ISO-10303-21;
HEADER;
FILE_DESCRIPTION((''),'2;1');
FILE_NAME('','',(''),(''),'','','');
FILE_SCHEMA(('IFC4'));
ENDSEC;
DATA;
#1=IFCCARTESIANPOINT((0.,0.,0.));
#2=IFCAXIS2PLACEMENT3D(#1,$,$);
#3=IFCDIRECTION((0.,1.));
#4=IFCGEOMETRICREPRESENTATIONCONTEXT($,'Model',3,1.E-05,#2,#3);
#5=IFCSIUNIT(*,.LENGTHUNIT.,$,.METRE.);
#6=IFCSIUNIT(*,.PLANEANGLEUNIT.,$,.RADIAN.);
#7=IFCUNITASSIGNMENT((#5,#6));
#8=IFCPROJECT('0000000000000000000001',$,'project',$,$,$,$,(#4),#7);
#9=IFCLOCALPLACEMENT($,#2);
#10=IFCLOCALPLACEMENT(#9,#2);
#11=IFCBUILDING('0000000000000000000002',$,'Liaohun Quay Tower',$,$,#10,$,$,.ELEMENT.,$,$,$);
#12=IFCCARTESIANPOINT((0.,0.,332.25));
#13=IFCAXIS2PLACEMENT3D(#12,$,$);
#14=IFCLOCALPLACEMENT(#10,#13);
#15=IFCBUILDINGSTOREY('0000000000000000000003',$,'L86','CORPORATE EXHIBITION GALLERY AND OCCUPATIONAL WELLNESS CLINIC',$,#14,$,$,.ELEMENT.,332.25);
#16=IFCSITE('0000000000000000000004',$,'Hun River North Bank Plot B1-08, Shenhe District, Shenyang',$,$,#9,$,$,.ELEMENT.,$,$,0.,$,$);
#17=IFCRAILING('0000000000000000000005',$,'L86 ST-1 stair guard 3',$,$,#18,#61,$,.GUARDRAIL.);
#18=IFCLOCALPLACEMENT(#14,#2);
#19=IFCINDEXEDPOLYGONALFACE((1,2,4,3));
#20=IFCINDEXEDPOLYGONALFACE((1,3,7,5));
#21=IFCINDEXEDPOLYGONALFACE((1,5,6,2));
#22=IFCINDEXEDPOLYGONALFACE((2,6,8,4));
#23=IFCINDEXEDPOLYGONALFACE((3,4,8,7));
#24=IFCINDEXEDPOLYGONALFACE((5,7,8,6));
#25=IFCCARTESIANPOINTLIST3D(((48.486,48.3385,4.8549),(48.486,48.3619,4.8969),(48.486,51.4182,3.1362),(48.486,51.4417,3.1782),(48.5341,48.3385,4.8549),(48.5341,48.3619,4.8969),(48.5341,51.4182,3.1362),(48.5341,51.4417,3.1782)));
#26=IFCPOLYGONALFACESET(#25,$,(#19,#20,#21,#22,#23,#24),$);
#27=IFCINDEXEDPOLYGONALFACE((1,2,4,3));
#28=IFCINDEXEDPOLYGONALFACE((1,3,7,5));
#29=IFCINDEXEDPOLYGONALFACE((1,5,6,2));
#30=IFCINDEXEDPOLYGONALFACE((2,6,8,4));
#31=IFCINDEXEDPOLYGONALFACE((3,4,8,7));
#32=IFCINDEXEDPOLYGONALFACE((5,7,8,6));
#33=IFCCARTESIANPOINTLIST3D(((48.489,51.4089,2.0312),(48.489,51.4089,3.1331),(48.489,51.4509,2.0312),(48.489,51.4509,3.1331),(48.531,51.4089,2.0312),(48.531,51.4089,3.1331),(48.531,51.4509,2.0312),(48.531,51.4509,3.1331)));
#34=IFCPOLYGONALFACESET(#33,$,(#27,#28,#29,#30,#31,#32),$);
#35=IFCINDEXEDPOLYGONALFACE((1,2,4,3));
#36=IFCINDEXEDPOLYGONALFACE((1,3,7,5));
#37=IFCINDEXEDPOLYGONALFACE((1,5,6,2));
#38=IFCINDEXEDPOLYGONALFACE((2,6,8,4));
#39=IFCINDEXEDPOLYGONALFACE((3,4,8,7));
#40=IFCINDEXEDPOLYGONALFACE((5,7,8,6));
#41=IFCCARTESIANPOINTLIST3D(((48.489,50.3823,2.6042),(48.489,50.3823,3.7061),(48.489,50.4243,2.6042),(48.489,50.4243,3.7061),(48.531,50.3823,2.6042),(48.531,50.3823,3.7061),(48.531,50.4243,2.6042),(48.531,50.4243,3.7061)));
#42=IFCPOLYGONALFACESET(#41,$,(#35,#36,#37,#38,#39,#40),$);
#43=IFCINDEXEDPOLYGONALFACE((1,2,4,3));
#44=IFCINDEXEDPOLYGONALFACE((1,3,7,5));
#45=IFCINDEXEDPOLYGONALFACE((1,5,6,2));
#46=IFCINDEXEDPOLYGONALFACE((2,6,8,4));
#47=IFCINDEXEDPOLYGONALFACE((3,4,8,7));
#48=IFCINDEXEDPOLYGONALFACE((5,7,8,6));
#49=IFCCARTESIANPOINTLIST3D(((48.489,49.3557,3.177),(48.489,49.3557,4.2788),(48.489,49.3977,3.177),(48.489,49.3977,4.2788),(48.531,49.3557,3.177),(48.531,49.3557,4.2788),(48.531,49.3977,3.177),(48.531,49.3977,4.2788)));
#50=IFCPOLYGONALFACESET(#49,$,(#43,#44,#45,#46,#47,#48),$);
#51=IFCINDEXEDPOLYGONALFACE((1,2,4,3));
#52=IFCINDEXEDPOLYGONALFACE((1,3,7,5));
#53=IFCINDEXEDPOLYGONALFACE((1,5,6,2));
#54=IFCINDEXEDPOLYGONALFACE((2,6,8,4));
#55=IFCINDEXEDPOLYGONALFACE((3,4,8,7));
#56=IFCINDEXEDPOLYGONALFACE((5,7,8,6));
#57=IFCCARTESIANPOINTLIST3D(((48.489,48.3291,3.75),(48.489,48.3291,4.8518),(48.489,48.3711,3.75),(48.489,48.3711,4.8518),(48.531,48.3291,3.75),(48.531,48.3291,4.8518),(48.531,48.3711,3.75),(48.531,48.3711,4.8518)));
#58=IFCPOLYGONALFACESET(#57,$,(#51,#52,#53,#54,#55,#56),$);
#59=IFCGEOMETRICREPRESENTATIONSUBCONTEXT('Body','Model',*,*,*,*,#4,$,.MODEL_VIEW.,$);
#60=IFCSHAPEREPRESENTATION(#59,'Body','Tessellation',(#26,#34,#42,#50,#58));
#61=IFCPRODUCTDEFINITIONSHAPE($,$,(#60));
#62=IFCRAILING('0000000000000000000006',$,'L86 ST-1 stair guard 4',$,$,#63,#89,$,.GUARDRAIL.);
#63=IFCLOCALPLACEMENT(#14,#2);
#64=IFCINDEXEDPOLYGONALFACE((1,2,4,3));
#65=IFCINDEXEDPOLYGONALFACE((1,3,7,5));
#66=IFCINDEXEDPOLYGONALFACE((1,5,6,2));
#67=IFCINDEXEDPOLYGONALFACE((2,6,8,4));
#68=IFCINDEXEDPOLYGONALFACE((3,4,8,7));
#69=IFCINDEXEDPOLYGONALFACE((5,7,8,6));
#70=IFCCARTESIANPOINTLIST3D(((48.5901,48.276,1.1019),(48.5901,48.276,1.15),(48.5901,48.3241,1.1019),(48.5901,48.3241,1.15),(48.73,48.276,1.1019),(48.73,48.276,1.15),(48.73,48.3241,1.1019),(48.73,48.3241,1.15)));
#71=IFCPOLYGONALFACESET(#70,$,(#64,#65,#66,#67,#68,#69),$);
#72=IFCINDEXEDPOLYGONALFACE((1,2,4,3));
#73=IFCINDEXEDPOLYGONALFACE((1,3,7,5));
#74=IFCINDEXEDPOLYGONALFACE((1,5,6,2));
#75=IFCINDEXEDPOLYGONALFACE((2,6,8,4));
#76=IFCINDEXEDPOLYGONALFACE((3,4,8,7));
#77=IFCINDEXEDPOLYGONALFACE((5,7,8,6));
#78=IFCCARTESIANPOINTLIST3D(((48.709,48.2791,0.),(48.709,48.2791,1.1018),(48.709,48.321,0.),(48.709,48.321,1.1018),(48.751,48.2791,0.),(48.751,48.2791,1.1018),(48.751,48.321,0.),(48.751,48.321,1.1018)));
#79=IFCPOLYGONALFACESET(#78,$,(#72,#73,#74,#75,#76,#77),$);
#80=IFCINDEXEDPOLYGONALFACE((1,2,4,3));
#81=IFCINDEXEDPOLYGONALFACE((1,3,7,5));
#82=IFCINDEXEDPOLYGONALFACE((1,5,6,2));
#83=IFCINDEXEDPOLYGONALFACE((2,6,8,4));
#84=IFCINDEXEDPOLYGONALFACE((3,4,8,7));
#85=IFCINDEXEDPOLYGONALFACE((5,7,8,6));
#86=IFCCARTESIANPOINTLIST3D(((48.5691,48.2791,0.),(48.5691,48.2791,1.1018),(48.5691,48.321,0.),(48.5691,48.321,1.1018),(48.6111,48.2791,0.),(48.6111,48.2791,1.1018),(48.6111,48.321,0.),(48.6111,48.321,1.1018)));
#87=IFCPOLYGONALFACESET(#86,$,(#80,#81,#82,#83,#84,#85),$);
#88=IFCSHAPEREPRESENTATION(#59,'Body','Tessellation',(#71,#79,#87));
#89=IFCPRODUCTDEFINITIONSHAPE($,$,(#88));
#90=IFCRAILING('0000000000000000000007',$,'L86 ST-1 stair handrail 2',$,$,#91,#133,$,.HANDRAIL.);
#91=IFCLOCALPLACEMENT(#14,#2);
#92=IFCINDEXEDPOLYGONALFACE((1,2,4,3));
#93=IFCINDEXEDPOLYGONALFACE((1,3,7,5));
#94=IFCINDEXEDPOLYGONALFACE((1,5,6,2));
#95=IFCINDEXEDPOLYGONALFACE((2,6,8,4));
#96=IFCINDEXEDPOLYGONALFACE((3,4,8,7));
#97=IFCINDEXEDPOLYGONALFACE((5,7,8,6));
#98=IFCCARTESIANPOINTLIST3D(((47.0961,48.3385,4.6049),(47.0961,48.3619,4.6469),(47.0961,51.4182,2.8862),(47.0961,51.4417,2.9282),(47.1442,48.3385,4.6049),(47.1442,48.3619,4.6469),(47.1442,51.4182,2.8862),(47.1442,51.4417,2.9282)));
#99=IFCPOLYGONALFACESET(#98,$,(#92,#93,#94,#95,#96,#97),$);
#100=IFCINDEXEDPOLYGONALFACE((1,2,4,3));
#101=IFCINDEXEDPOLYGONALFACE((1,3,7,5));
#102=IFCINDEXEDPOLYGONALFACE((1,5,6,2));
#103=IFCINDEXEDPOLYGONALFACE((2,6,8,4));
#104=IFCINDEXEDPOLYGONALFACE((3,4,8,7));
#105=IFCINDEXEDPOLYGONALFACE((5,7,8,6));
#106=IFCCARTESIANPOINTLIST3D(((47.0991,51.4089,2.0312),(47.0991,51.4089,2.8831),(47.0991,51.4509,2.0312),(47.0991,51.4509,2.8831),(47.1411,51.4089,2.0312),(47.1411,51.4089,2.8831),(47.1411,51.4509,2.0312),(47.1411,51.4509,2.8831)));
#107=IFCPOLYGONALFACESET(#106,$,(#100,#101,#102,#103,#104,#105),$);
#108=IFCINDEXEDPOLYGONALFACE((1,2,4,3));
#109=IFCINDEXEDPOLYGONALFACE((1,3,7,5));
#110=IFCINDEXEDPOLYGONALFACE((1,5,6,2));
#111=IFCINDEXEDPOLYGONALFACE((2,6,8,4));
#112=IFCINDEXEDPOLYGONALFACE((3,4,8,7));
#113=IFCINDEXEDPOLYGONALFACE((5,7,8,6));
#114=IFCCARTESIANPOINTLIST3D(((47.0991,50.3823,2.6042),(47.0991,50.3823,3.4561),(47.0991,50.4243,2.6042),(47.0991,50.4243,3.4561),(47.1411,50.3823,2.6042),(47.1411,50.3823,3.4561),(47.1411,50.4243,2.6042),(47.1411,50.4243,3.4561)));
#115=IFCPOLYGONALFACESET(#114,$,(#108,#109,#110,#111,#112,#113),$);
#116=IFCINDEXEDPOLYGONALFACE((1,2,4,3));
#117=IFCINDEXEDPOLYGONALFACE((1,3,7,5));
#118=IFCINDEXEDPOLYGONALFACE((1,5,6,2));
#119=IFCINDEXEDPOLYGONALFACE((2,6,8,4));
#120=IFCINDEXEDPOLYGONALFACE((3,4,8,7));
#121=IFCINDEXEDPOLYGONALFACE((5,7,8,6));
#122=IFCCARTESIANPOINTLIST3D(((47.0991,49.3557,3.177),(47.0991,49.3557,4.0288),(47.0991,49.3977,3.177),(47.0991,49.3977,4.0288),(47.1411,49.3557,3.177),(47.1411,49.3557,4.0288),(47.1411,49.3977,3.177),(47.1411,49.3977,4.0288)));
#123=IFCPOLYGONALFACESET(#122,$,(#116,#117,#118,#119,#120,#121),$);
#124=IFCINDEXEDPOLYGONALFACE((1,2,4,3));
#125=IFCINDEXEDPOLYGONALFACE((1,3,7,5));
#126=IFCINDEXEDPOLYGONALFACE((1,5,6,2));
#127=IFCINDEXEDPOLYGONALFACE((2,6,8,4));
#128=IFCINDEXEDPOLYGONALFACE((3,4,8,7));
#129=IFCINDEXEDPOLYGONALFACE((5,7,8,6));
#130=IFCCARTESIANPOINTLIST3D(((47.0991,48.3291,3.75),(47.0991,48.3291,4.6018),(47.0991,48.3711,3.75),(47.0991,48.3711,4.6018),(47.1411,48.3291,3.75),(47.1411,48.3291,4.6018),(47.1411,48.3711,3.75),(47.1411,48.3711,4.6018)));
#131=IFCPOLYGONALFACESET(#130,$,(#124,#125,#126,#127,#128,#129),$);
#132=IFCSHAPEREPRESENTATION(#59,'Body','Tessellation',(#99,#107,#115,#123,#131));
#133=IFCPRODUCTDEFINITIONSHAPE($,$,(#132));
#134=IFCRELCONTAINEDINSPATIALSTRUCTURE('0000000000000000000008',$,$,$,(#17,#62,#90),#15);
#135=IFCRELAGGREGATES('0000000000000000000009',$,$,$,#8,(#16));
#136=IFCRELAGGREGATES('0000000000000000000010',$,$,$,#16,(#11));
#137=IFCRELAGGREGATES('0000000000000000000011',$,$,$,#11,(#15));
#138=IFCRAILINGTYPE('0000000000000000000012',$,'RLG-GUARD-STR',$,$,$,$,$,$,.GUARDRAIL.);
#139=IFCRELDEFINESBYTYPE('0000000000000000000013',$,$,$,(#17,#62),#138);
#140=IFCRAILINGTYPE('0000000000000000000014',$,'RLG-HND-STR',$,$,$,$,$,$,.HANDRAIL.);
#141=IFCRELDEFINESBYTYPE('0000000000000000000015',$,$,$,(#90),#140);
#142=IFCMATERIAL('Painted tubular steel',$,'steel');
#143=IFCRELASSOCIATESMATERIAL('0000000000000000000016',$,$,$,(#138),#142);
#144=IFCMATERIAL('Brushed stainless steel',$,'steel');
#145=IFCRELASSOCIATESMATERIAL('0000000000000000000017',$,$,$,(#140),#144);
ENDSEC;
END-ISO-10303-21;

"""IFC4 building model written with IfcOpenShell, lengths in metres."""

from ifc_helpers import new_model, si_unit, direction, frame, origin, origin_2d, place, context, subcontext, project, spatial, rectangle, extrude, material, type_object, element, save


model = new_model("IFC4")

# Units and contexts
model_context = context("Model", 3, precision=1e-05, world=origin(), true_north=direction((0.0, 1.0)))
body_context = subcontext(model_context, "Body", "Model", "MODEL_VIEW")
ifc_project = project(units=[si_unit("LENGTHUNIT", "METRE"), si_unit("PLANEANGLEUNIT", "RADIAN")], contexts=[model_context])

# Site, building, storey
site_placement = place(None, origin())
site = spatial("IfcSite", under=ifc_project, at=site_placement, Name="Hun River North Bank Plot B1-08, Shenhe District, Shenyang", CompositionType="ELEMENT", RefElevation=0.0)
building_placement = place(site_placement, origin())
building = spatial("IfcBuilding", under=site, at=building_placement, Name="Liaohun Quay Tower", CompositionType="ELEMENT")
storey_placement = place(building_placement, frame((0.0, 0.0, 332.25)))
storey = spatial("IfcBuildingStorey", under=building, at=storey_placement, Name="L86", Description="CORPORATE EXHIBITION GALLERY AND OCCUPATIONAL WELLNESS CLINIC", CompositionType="ELEMENT", Elevation=332.25)

# Railings
ifc_material_1 = material(Name="Painted tubular steel", Category="steel")
railing_type_1 = type_object("IfcRailingType", Name="RLG-GUARD-STR", PredefinedType="GUARDRAIL", material=ifc_material_1)
railing_1_placement = place(storey_placement, frame((48.51, 51.4299, 2.0312)))
element("IfcRailing", 1, at=railing_1_placement, inside=storey, type_object=railing_type_1, Name="L86 ST-1 stair guard 3", PredefinedType="GUARDRAIL", context=body_context, shape_type="SweptSolid", body=[
    extrude(rectangle(XDim=0.0481, YDim=0.0481, at=origin_2d()), frame((0.0, 0.0, 1.126), z_axis=(0.0, -0.873225, 0.487317), x_axis=(1.0, 0.0, 0.0)), (0.0, 0.0, 1.0), 3.5269),
    extrude(rectangle(XDim=0.042, YDim=0.042, at=origin_2d()), origin(), (0.0, 0.0, 1.0), 1.1018),
    extrude(rectangle(XDim=0.042, YDim=0.042, at=origin_2d()), frame((0.0, -1.0266, 0.573)), (0.0, 0.0, 1.0), 1.1018),
    extrude(rectangle(XDim=0.042, YDim=0.042, at=origin_2d()), frame((0.0, -2.0532, 1.1458)), (0.0, 0.0, 1.0), 1.1018),
    extrude(rectangle(XDim=0.042, YDim=0.042, at=origin_2d()), frame((0.0, -3.0798, 1.7188)), (0.0, 0.0, 1.0), 1.1018),
])
railing_2_placement = place(storey_placement, frame((48.73, 48.3, 0.0)))
element("IfcRailing", 2, at=railing_2_placement, inside=storey, type_object=railing_type_1, Name="L86 ST-1 stair guard 4", PredefinedType="GUARDRAIL", context=body_context, shape_type="SweptSolid", body=[
    extrude(rectangle(XDim=0.0481, YDim=0.0481, at=origin_2d()), frame((0.0, 0.0, 1.126), z_axis=(-1.0, 0.0, 0.0), x_axis=(0.0, -1.0, 0.0)), (0.0, 0.0, 1.0), 0.1399),
    extrude(rectangle(XDim=0.042, YDim=0.042, at=origin_2d()), origin(), (0.0, 0.0, 1.0), 1.1018),
    extrude(rectangle(XDim=0.042, YDim=0.042, at=origin_2d()), frame((-0.1399, 0.0, 0.0)), (0.0, 0.0, 1.0), 1.1018),
])
ifc_material_2 = material(Name="Brushed stainless steel", Category="steel")
railing_type_2 = type_object("IfcRailingType", Name="RLG-HND-STR", PredefinedType="HANDRAIL", material=ifc_material_2)
railing_3_placement = place(storey_placement, frame((47.1201, 51.4299, 2.0312)))
element("IfcRailing", 3, at=railing_3_placement, inside=storey, type_object=railing_type_2, Name="L86 ST-1 stair handrail 2", PredefinedType="HANDRAIL", context=body_context, shape_type="SweptSolid", body=[
    extrude(rectangle(XDim=0.0481, YDim=0.0481, at=origin_2d()), frame((0.0, 0.0, 0.876), z_axis=(0.0, -0.873225, 0.487317), x_axis=(1.0, 0.0, 0.0)), (0.0, 0.0, 1.0), 3.5269),
    extrude(rectangle(XDim=0.042, YDim=0.042, at=origin_2d()), origin(), (0.0, 0.0, 1.0), 0.8518),
    extrude(rectangle(XDim=0.042, YDim=0.042, at=origin_2d()), frame((0.0, -1.0266, 0.573)), (0.0, 0.0, 1.0), 0.8518),
    extrude(rectangle(XDim=0.042, YDim=0.042, at=origin_2d()), frame((0.0, -2.0532, 1.1458)), (0.0, 0.0, 1.0), 0.8518),
    extrude(rectangle(XDim=0.042, YDim=0.042, at=origin_2d()), frame((0.0, -3.0798, 1.7188)), (0.0, 0.0, 1.0), 0.8518),
])

save(model, "model.ifc")
